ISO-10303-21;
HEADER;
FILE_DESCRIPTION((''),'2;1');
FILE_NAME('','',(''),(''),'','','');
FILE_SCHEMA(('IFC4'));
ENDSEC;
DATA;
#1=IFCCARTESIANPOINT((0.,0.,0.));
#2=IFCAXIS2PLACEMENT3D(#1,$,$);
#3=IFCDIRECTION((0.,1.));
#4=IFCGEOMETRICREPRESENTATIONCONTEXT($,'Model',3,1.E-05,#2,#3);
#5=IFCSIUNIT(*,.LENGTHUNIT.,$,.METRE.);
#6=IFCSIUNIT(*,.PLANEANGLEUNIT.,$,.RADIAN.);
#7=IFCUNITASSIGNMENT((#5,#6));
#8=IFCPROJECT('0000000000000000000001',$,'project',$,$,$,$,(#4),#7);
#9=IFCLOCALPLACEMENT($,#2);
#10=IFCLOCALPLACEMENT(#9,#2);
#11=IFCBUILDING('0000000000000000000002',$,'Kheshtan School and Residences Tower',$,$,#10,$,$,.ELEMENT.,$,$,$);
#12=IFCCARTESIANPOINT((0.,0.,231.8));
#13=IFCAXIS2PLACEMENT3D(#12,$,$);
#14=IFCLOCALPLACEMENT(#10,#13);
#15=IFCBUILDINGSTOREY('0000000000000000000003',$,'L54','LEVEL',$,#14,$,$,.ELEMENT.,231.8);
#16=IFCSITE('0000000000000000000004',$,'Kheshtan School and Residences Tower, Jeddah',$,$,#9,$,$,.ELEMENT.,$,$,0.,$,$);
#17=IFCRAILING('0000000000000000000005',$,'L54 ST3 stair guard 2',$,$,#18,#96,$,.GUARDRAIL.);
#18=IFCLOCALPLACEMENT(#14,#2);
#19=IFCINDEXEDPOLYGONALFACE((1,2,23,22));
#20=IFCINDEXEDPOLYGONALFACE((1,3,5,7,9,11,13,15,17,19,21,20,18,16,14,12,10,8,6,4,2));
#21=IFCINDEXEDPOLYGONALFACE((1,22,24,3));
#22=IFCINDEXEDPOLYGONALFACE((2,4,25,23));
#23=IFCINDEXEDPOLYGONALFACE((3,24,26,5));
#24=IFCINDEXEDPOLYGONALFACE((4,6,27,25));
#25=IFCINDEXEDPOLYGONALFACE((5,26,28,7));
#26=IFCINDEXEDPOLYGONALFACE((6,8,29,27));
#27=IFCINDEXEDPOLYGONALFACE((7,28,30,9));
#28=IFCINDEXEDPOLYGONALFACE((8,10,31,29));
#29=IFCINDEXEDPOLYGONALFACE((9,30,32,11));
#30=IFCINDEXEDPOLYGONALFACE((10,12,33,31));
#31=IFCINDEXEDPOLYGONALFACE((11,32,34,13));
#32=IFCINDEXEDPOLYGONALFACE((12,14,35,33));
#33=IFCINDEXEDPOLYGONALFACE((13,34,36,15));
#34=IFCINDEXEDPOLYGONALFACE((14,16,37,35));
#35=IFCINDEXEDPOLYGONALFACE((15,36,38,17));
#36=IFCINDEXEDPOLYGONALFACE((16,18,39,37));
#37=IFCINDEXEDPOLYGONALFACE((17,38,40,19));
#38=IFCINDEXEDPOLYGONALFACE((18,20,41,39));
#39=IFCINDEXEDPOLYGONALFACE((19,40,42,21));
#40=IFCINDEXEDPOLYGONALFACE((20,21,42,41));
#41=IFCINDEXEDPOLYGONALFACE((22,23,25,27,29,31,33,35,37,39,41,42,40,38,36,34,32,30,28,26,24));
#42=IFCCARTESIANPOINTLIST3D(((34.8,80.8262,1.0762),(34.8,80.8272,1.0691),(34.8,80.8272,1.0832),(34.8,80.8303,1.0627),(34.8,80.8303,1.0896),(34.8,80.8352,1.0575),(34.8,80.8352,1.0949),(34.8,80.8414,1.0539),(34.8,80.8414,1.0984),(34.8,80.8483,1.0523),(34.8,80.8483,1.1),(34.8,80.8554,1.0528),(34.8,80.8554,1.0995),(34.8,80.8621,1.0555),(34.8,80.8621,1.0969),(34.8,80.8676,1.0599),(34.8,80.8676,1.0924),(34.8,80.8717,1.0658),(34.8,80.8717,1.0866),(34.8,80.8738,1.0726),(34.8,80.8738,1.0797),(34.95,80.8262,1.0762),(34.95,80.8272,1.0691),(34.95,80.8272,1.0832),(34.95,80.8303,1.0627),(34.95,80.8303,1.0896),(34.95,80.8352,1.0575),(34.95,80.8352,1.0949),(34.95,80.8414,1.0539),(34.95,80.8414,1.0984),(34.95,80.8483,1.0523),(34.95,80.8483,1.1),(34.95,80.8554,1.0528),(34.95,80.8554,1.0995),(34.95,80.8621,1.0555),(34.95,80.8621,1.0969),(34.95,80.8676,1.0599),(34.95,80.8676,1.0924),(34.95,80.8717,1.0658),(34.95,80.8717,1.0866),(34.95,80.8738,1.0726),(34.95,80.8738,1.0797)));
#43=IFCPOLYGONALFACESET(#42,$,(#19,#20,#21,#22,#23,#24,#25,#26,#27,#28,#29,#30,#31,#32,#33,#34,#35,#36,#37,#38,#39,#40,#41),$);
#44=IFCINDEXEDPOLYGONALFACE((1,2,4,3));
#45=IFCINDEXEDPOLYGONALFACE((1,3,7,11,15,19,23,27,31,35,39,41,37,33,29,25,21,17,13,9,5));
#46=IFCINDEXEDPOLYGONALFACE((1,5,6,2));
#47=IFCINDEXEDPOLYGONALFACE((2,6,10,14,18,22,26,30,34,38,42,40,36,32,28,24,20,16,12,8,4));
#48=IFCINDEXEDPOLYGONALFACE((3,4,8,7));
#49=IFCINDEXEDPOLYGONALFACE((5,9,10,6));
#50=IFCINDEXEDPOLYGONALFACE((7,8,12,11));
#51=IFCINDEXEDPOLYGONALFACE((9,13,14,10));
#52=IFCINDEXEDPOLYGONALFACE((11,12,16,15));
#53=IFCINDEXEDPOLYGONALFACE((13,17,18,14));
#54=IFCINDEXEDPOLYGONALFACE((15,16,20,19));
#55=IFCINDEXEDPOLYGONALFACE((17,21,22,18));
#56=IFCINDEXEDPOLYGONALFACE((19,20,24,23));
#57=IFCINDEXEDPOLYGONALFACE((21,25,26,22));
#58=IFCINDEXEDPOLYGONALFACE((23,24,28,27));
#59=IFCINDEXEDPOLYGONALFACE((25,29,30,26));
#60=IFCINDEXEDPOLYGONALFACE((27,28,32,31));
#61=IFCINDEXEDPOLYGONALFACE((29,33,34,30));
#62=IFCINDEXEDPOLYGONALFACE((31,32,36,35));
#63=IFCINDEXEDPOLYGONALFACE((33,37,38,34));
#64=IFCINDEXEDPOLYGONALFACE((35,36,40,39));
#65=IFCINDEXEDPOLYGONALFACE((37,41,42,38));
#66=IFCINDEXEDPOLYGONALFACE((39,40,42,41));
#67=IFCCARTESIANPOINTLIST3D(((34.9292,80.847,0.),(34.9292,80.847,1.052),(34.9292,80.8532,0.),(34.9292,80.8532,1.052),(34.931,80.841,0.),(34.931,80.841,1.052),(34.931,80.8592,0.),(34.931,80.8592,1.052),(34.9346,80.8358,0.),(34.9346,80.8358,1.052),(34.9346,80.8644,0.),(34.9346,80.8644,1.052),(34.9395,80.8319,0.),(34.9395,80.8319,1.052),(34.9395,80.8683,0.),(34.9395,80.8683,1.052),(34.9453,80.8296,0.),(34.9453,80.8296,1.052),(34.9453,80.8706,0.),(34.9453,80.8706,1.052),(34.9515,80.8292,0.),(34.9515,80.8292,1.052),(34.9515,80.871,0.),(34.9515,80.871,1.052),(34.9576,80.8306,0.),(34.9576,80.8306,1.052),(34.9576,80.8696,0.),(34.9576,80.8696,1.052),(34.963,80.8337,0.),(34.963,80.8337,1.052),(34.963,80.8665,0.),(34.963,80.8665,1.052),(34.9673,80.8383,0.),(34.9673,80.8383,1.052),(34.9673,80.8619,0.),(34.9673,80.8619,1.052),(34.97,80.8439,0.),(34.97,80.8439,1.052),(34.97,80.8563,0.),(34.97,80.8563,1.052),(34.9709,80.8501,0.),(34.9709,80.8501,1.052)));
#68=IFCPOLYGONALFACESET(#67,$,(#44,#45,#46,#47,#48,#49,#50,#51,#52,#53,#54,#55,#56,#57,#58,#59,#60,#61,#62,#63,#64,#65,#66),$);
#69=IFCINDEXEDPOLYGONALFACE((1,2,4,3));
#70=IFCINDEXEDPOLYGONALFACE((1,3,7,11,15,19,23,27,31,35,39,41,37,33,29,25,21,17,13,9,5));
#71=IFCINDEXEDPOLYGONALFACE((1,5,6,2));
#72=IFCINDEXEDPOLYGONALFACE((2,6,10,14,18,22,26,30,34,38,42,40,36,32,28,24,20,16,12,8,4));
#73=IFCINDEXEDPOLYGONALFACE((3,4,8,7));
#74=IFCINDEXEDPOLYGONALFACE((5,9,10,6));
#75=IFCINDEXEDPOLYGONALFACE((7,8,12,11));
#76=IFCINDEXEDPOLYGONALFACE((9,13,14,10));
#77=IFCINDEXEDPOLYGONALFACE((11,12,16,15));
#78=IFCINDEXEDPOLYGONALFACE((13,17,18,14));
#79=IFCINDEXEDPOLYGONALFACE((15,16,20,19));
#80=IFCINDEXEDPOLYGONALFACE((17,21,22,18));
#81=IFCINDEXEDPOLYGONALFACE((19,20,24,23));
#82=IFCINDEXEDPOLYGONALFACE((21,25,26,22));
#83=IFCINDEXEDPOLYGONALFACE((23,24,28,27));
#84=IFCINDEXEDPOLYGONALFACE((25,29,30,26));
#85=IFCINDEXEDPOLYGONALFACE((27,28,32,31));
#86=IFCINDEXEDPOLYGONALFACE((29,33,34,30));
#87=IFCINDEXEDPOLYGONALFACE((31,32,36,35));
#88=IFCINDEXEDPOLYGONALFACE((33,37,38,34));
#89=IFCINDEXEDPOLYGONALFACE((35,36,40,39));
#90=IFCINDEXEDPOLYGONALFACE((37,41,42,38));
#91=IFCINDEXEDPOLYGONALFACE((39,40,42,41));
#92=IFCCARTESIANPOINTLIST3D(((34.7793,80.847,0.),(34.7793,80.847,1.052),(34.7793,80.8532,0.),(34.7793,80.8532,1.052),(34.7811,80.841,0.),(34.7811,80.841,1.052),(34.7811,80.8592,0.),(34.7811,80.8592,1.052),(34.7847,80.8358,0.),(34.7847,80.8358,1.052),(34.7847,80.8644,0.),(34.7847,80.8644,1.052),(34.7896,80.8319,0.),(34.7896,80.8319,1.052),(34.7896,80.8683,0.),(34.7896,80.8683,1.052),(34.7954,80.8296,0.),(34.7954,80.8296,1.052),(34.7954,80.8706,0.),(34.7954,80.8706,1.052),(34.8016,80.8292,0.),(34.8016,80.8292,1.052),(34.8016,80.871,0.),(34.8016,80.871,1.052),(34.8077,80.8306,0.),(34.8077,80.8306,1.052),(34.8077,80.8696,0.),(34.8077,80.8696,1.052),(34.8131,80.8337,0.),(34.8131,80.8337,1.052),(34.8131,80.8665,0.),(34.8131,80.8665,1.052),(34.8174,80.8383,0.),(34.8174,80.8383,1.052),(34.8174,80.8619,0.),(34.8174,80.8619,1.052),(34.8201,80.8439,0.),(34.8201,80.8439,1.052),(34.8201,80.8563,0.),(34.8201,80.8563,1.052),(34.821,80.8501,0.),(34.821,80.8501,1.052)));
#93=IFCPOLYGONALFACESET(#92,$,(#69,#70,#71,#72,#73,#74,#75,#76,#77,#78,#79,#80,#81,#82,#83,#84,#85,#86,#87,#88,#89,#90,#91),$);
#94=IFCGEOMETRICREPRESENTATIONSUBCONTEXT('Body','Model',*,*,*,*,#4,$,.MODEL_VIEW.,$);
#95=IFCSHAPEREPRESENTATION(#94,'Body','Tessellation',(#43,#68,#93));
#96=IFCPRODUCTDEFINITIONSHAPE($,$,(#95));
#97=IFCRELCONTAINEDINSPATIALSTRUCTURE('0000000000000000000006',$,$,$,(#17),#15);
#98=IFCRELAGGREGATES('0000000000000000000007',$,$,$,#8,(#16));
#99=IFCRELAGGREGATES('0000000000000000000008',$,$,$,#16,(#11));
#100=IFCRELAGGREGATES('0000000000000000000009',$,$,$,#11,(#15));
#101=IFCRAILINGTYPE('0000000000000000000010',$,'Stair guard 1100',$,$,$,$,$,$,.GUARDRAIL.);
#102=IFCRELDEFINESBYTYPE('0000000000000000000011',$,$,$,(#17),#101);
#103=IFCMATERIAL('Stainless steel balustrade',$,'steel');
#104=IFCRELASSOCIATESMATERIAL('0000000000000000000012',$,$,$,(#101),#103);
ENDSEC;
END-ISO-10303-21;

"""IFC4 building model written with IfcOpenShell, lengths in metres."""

from ifc_helpers import new_model, si_unit, direction, frame, origin, origin_2d, place, context, subcontext, project, spatial, circle, extrude, material, type_object, element, save


model = new_model("IFC4")

# Units and contexts
model_context = context("Model", 3, precision=1e-05, world=origin(), true_north=direction((0.0, 1.0)))
body_context = subcontext(model_context, "Body", "Model", "MODEL_VIEW")
ifc_project = project(units=[si_unit("LENGTHUNIT", "METRE"), si_unit("PLANEANGLEUNIT", "RADIAN")], contexts=[model_context])

# Site, building, storey
site_placement = place(None, origin())
site = spatial("IfcSite", under=ifc_project, at=site_placement, Name="Kheshtan School and Residences Tower, Jeddah", CompositionType="ELEMENT", RefElevation=0.0)
building_placement = place(site_placement, origin())
building = spatial("IfcBuilding", under=site, at=building_placement, Name="Kheshtan School and Residences Tower", CompositionType="ELEMENT")
storey_placement = place(building_placement, frame((0.0, 0.0, 231.8)))
storey = spatial("IfcBuildingStorey", under=building, at=storey_placement, Name="L54", Description="LEVEL", CompositionType="ELEMENT", Elevation=231.8)

# Railing
ifc_material_1 = material(Name="Stainless steel balustrade", Category="steel")
railing_type_1 = type_object("IfcRailingType", Name="Stair guard 1100", PredefinedType="GUARDRAIL", material=ifc_material_1)
railing_1_placement = place(storey_placement, frame((34.95, 80.8501, 0.0)))
element("IfcRailing", 1, at=railing_1_placement, inside=storey, type_object=railing_type_1, Name="L54 ST3 stair guard 2", PredefinedType="GUARDRAIL", context=body_context, shape_type="SweptSolid", body=[
    extrude(circle(Radius=0.0239, at=origin_2d()), frame((0.0, 0.0, 1.0762), z_axis=(-1.0, 0.0, 0.0), x_axis=(0.0, -1.0, 0.0)), (0.0, 0.0, 1.0), 0.1499),
    extrude(circle(Radius=0.021, at=origin_2d()), origin(), (0.0, 0.0, 1.0), 1.052),
    extrude(circle(Radius=0.021, at=origin_2d()), frame((-0.1499, 0.0, 0.0)), (0.0, 0.0, 1.0), 1.052),
])

save(model, "model.ifc")
